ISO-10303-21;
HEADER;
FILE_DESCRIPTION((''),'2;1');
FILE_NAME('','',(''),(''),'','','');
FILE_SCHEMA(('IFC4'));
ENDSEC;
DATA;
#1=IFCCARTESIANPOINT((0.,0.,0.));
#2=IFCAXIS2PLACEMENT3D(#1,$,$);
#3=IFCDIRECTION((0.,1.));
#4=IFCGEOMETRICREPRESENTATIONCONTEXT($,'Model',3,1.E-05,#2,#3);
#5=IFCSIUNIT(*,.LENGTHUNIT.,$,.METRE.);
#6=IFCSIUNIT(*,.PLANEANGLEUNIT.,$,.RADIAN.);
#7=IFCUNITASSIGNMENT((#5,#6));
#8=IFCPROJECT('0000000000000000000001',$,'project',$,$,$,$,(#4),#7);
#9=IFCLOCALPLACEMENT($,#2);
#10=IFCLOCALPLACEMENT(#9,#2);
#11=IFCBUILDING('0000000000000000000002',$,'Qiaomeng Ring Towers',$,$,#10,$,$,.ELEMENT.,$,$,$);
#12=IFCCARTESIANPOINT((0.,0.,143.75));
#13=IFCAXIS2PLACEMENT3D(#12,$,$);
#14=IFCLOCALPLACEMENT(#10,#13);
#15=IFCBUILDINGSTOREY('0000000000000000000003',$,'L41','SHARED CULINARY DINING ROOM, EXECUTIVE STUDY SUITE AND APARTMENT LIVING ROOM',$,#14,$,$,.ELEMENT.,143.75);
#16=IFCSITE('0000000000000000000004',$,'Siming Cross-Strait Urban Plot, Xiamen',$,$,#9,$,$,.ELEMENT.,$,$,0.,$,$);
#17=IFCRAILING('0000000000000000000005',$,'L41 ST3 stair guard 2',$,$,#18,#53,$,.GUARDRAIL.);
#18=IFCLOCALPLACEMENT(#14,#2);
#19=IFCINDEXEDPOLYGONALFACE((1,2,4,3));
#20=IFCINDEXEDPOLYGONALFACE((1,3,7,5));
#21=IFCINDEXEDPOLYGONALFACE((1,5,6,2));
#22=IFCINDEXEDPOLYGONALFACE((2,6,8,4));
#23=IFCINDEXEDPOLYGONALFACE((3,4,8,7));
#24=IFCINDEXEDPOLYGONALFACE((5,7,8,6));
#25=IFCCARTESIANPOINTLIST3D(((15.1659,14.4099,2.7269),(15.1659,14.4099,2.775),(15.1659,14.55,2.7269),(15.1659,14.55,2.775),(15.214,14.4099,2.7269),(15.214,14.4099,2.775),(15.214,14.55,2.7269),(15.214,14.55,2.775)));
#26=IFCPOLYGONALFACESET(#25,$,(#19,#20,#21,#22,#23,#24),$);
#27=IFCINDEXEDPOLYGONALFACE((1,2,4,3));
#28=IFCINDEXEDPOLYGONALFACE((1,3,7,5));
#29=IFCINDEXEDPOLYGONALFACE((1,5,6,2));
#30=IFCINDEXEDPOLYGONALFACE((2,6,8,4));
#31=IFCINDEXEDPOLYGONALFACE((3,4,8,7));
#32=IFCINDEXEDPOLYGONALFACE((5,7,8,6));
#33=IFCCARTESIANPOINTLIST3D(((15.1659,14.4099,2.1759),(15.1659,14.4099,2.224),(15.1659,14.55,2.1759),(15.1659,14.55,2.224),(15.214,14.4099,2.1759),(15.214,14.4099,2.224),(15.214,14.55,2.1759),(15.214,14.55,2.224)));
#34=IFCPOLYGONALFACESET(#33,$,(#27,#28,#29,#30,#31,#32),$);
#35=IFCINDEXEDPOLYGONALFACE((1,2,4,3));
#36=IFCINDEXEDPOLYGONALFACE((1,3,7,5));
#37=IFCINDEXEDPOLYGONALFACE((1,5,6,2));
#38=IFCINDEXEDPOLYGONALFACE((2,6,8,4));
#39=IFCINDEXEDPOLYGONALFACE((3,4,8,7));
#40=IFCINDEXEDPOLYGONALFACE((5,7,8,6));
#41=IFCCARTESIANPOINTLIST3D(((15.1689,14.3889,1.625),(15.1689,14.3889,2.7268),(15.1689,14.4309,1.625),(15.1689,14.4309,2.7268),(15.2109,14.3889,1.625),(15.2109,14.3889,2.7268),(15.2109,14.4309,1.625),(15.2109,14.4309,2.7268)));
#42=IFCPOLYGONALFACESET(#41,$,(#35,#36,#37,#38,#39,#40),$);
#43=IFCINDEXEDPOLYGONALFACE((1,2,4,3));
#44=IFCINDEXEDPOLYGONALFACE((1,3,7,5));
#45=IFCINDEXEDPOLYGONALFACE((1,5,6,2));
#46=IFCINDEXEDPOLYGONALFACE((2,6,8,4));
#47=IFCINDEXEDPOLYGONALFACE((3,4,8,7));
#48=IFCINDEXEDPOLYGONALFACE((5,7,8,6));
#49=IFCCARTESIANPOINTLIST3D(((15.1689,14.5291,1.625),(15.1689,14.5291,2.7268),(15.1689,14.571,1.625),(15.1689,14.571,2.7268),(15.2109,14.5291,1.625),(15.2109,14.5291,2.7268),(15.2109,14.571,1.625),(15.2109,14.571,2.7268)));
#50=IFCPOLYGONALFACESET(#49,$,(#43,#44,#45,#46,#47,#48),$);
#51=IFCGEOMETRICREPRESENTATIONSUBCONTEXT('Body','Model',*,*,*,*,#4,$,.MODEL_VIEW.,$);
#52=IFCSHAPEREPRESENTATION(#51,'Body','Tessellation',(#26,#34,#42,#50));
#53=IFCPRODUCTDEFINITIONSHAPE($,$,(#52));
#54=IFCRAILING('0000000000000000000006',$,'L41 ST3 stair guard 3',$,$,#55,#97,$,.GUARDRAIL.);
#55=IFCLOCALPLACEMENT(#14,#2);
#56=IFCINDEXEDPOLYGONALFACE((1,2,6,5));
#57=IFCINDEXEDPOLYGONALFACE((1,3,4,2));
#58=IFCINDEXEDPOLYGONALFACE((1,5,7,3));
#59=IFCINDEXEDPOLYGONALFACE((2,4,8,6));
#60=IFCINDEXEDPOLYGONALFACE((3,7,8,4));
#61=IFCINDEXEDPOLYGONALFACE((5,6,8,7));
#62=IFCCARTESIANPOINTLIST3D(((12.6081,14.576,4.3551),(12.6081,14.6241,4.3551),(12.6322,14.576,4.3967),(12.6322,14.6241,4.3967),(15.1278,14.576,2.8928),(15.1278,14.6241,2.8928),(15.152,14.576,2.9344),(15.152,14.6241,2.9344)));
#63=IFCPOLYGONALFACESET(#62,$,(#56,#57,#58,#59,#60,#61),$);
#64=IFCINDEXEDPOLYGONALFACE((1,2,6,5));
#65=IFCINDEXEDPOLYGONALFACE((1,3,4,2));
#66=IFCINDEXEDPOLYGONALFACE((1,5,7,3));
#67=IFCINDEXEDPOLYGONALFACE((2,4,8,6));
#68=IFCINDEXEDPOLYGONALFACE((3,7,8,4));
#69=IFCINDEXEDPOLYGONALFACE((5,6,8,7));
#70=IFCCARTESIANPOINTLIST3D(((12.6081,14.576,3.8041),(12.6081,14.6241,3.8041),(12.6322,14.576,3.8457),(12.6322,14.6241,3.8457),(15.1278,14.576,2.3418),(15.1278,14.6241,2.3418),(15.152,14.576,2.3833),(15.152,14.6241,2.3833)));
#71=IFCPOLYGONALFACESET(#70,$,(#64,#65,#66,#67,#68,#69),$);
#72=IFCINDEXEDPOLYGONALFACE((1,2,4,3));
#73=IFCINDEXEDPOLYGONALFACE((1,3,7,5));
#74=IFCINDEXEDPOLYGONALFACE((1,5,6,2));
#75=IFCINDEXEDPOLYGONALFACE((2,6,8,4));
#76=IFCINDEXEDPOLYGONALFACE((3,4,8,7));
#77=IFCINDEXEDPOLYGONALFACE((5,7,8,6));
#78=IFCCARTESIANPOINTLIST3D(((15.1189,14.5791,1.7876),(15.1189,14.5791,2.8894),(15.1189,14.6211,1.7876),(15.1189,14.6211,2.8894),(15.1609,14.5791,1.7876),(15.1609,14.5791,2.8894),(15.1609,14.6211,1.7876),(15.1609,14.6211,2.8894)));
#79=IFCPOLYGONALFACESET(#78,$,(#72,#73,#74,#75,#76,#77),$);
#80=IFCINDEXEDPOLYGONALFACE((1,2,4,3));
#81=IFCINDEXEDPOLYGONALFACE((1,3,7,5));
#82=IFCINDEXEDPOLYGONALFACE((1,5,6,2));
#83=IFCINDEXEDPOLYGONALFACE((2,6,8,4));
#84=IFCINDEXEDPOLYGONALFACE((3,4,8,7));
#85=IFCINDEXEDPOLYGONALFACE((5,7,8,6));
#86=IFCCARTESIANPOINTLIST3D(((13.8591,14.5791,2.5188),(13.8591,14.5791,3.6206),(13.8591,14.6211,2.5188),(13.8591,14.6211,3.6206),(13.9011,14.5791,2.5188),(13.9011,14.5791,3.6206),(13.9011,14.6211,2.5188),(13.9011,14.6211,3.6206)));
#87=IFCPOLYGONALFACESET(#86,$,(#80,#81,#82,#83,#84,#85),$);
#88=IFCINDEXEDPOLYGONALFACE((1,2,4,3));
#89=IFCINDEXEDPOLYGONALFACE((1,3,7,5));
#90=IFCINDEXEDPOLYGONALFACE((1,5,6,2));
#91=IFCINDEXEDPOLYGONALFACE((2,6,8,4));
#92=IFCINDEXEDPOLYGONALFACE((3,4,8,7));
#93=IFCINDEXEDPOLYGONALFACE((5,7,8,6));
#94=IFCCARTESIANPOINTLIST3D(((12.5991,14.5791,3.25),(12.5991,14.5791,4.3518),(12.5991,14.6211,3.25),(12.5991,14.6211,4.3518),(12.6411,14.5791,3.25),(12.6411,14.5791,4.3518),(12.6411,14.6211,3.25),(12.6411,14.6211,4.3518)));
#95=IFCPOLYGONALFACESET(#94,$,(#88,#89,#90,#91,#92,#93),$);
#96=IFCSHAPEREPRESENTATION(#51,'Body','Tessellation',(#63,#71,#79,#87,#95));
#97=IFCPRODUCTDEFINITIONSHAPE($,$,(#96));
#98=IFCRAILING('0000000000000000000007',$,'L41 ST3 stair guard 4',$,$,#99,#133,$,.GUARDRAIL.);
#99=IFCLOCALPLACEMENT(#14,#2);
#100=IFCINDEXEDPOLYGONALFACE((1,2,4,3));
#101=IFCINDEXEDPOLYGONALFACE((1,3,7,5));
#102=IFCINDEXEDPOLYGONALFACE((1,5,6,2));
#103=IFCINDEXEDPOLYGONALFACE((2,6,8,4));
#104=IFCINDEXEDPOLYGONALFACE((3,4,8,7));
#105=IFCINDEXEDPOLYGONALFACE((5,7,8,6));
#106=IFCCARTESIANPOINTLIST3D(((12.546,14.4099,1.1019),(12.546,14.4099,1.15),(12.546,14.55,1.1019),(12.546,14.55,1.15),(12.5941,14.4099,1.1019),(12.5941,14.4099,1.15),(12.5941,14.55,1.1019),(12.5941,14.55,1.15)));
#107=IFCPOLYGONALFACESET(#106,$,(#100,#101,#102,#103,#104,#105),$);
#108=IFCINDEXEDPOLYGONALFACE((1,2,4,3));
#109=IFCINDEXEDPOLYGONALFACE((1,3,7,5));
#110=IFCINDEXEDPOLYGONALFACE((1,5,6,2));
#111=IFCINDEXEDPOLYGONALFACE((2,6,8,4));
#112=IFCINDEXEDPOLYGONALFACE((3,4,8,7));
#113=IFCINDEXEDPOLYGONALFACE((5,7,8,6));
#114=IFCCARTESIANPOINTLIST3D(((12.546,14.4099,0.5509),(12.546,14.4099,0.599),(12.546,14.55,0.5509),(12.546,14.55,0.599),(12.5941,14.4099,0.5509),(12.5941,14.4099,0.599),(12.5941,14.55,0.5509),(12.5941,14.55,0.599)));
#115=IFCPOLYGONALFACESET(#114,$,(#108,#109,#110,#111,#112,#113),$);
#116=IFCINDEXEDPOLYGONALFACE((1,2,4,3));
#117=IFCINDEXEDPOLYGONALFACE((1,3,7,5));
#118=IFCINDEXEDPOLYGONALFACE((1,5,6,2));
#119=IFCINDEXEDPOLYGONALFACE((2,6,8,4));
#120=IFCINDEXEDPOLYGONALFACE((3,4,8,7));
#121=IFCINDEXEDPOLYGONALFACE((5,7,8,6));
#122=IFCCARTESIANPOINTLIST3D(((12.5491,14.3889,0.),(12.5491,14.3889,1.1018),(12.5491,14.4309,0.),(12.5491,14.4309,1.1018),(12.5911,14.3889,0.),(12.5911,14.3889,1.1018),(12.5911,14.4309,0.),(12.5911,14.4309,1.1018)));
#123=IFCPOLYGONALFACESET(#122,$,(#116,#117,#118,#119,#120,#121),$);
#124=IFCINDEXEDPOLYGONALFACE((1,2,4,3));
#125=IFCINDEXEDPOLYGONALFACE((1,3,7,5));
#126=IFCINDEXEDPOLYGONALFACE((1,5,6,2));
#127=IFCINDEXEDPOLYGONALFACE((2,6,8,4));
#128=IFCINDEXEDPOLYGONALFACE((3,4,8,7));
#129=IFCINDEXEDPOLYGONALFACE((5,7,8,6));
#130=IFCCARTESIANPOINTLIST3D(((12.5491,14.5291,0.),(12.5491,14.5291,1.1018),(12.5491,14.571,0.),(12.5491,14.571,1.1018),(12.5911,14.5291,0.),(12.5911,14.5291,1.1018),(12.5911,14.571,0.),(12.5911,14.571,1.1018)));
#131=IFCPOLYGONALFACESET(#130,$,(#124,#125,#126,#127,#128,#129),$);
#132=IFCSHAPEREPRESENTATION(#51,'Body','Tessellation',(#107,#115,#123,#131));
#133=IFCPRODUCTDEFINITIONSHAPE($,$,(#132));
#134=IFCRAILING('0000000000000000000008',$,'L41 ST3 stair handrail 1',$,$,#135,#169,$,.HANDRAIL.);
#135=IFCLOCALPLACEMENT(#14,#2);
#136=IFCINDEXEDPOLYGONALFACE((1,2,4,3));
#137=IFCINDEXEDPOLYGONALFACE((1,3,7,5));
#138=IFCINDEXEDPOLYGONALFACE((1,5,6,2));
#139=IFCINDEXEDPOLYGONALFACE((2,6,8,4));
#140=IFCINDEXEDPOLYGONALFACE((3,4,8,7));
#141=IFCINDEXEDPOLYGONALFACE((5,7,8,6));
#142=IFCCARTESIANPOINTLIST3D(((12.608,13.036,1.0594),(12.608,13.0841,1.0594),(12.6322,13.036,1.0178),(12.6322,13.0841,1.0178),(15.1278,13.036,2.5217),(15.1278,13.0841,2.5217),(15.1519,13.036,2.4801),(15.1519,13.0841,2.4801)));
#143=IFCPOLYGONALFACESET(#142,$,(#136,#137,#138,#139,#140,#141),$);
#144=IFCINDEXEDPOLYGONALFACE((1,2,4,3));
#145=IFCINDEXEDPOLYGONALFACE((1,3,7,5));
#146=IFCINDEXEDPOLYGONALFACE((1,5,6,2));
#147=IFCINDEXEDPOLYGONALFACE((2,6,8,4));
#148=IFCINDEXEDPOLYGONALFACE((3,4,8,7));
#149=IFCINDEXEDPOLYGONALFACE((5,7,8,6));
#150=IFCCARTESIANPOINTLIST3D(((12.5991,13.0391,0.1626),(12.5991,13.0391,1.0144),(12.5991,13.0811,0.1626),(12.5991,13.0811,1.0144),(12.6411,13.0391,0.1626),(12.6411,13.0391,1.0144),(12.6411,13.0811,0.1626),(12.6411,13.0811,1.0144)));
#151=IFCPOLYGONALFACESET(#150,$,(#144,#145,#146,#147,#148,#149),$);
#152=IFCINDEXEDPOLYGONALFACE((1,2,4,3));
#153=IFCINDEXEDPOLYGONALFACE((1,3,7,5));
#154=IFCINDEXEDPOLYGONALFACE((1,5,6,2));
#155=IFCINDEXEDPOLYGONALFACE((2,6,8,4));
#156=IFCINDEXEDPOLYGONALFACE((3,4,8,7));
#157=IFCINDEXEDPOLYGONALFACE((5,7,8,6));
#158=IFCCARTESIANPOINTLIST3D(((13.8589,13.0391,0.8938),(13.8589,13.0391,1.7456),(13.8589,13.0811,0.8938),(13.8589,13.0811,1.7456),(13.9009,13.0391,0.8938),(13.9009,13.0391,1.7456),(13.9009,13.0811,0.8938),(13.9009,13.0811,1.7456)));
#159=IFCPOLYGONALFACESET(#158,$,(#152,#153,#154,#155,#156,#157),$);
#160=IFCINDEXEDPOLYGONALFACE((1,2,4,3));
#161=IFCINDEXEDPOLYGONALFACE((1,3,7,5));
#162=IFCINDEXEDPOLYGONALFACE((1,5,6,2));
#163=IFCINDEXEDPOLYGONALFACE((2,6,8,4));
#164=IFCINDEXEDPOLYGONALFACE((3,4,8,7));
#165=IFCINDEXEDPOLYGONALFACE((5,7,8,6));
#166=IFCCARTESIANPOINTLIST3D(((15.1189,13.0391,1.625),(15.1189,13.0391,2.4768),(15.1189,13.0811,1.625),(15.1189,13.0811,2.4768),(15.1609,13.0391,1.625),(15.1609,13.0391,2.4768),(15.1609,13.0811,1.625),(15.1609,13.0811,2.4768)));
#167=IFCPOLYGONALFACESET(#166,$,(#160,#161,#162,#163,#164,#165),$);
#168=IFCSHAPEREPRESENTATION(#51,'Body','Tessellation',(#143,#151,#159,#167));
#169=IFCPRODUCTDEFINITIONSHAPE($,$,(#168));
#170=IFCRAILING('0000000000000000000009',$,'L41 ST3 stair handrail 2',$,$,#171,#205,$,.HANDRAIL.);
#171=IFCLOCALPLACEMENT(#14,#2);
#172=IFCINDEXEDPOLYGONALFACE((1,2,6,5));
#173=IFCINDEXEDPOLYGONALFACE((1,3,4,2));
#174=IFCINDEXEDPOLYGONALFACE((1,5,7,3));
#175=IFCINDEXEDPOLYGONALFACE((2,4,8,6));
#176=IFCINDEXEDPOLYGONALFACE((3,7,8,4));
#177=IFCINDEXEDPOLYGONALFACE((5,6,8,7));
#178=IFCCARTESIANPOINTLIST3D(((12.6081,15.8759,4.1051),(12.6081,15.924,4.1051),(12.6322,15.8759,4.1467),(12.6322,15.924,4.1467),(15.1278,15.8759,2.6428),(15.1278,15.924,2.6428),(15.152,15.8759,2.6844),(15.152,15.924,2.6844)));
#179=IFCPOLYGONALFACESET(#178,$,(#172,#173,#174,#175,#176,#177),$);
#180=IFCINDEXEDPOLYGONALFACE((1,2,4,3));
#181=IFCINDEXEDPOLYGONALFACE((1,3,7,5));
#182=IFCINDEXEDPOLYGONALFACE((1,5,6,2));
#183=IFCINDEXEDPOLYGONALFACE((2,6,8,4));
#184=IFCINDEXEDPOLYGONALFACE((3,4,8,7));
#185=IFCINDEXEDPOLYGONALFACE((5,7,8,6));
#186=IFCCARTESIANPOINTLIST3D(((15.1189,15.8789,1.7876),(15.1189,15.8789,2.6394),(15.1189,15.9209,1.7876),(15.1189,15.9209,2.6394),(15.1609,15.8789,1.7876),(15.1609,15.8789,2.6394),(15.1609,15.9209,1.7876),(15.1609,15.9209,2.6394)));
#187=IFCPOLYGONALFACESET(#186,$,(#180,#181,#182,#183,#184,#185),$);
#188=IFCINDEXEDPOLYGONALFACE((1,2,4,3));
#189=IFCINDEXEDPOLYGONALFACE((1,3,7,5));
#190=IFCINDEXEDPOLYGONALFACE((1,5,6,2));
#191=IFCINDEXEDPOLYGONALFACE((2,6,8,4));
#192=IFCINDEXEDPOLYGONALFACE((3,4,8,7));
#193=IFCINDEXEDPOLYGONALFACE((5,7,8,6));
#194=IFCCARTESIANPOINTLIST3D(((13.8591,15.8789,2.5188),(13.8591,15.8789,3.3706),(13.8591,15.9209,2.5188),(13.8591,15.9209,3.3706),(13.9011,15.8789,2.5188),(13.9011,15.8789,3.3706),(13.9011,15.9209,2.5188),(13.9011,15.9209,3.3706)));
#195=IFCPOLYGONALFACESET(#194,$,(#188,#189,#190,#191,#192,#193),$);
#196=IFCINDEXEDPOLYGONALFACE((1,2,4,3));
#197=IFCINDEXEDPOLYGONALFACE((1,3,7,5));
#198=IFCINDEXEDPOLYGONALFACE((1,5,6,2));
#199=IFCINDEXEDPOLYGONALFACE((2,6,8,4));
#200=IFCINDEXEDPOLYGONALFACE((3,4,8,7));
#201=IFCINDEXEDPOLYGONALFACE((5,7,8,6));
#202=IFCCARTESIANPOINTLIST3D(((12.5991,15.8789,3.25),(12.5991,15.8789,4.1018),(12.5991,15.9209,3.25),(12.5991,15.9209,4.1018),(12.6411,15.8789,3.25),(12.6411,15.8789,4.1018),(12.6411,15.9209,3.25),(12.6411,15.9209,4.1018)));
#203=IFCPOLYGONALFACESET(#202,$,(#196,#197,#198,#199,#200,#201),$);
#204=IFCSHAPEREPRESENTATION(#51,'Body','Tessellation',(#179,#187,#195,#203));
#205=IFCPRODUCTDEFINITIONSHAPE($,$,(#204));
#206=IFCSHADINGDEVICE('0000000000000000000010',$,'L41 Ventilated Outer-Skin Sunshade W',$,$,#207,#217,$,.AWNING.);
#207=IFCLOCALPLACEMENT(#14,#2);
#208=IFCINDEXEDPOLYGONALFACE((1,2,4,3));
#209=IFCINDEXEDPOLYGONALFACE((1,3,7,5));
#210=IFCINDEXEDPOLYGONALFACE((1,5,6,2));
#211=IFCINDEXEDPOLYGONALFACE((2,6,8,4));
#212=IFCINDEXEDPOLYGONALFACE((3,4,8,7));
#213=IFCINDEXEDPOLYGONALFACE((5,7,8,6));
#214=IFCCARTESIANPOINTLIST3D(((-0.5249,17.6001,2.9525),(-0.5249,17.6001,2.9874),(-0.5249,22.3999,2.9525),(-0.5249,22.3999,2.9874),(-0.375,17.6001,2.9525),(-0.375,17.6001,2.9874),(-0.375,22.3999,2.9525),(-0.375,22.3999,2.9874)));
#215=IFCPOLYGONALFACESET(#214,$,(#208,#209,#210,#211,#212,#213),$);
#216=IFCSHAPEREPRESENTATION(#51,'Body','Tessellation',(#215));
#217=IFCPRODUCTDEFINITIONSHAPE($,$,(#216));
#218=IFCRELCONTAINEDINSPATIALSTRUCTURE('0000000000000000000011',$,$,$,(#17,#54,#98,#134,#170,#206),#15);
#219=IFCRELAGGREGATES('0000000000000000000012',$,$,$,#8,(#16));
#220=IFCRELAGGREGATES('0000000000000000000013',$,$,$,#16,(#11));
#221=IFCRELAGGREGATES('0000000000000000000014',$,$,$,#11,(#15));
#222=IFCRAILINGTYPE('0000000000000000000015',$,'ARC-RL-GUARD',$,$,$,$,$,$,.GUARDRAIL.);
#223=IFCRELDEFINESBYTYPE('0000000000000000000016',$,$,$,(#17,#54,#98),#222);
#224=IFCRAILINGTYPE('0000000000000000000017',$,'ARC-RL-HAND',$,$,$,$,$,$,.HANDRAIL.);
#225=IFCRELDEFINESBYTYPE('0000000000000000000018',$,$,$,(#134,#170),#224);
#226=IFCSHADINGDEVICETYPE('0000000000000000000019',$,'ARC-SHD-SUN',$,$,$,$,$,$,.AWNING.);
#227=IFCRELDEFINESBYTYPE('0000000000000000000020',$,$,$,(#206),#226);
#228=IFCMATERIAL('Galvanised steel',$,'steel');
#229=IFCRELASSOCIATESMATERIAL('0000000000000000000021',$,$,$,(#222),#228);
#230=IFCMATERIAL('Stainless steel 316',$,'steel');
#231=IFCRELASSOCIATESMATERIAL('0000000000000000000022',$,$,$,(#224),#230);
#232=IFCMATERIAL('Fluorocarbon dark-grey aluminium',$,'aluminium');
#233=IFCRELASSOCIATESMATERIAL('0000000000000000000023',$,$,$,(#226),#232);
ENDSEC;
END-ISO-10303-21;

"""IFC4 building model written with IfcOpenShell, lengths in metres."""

from ifc_helpers import new_model, si_unit, direction, frame, origin, origin_2d, place, context, subcontext, project, spatial, rectangle, extrude, source, transform, mapped, material, material_profile, profile_set, type_object, element, save


model = new_model("IFC4")

# Units and contexts
model_context = context("Model", 3, precision=1e-05, world=origin(), true_north=direction((0.0, 1.0)))
body_context = subcontext(model_context, "Body", "Model", "MODEL_VIEW")
ifc_project = project(units=[si_unit("LENGTHUNIT", "METRE"), si_unit("PLANEANGLEUNIT", "RADIAN")], contexts=[model_context])

# Site, building, storey
site_placement = place(None, origin())
site = spatial("IfcSite", under=ifc_project, at=site_placement, Name="Siming Cross-Strait Urban Plot, Xiamen", CompositionType="ELEMENT", RefElevation=0.0)
building_placement = place(site_placement, origin())
building = spatial("IfcBuilding", under=site, at=building_placement, Name="Qiaomeng Ring Towers", CompositionType="ELEMENT")
storey_placement = place(building_placement, frame((0.0, 0.0, 143.75)))
storey = spatial("IfcBuildingStorey", under=building, at=storey_placement, Name="L41", Description="SHARED CULINARY DINING ROOM, EXECUTIVE STUDY SUITE AND APARTMENT LIVING ROOM", CompositionType="ELEMENT", Elevation=143.75)

# Shared definitions
ifc_material_1 = material(Name="Fluorocarbon dark-grey aluminium", Category="aluminium")

# Shared definitions
ifc_material_2 = material(Name="Galvanised steel", Category="steel")

# Railings
railing_type_1 = type_object("IfcRailingType", Name="ARC-RL-GUARD", PredefinedType="GUARDRAIL", material=ifc_material_2)
railing_1_placement = place(storey_placement, frame((15.1899, 14.4099, 1.625)))
element("IfcRailing", 1, at=railing_1_placement, inside=storey, type_object=railing_type_1, Name="L41 ST3 stair guard 2", PredefinedType="GUARDRAIL", context=body_context, shape_type="SweptSolid", body=[
    extrude(rectangle(XDim=0.0481, YDim=0.0481, at=origin_2d()), frame((0.0, 0.0, 1.126), z_axis=(0.0, 1.0, 0.0), x_axis=(-1.0, 0.0, 0.0)), (0.0, 0.0, 1.0), 0.1401),
    extrude(rectangle(XDim=0.0481, YDim=0.0481, at=origin_2d()), frame((0.0, 0.0, 0.575), z_axis=(0.0, 1.0, 0.0), x_axis=(-1.0, 0.0, 0.0)), (0.0, 0.0, 1.0), 0.1401),
    extrude(rectangle(XDim=0.042, YDim=0.042, at=origin_2d()), origin(), (0.0, 0.0, 1.0), 1.1018),
    extrude(rectangle(XDim=0.042, YDim=0.042, at=origin_2d()), frame((0.0, 0.1401, 0.0)), (0.0, 0.0, 1.0), 1.1018),
])
railing_2_placement = place(storey_placement, frame((15.1399, 14.6001, 1.7876)))
element("IfcRailing", 2, at=railing_2_placement, inside=storey, type_object=railing_type_1, Name="L41 ST3 stair guard 3", PredefinedType="GUARDRAIL", context=body_context, shape_type="SweptSolid", body=[
    extrude(rectangle(XDim=0.0481, YDim=0.0481, at=origin_2d()), frame((0.0, 0.0, 1.126), z_axis=(-0.864892, 0.0, 0.501958), x_axis=(0.0, -1.0, 0.0)), (0.0, 0.0, 1.0), 2.9133),
    extrude(rectangle(XDim=0.0481, YDim=0.0481, at=origin_2d()), frame((0.0, 0.0, 0.575), z_axis=(-0.864892, 0.0, 0.501958), x_axis=(0.0, -1.0, 0.0)), (0.0, 0.0, 1.0), 2.9133),
    extrude(rectangle(XDim=0.042, YDim=0.042, at=origin_2d()), origin(), (0.0, 0.0, 1.0), 1.1018),
    extrude(rectangle(XDim=0.042, YDim=0.042, at=origin_2d()), frame((-1.2598, 0.0, 0.7312)), (0.0, 0.0, 1.0), 1.1018),
    extrude(rectangle(XDim=0.042, YDim=0.042, at=origin_2d()), frame((-2.5198, 0.0, 1.4624)), (0.0, 0.0, 1.0), 1.1018),
])
railing_3_placement = place(storey_placement, frame((12.5701, 14.4099, 0.0)))
element("IfcRailing", 3, at=railing_3_placement, inside=storey, type_object=railing_type_1, Name="L41 ST3 stair guard 4", PredefinedType="GUARDRAIL", context=body_context, shape_type="SweptSolid", body=[
    extrude(rectangle(XDim=0.0481, YDim=0.0481, at=origin_2d()), frame((0.0, 0.0, 1.126), z_axis=(0.0, 1.0, 0.0), x_axis=(-1.0, 0.0, 0.0)), (0.0, 0.0, 1.0), 0.1401),
    extrude(rectangle(XDim=0.0481, YDim=0.0481, at=origin_2d()), frame((0.0, 0.0, 0.575), z_axis=(0.0, 1.0, 0.0), x_axis=(-1.0, 0.0, 0.0)), (0.0, 0.0, 1.0), 0.1401),
    extrude(rectangle(XDim=0.042, YDim=0.042, at=origin_2d()), origin(), (0.0, 0.0, 1.0), 1.1018),
    extrude(rectangle(XDim=0.042, YDim=0.042, at=origin_2d()), frame((0.0, 0.1401, 0.0)), (0.0, 0.0, 1.0), 1.1018),
])
ifc_material_3 = material(Name="Stainless steel 316", Category="steel")
railing_type_2 = type_object("IfcRailingType", Name="ARC-RL-HAND", PredefinedType="HANDRAIL", material=ifc_material_3)
railing_4_placement = place(storey_placement, frame((12.6201, 13.0601, 0.1626)))
element("IfcRailing", 4, at=railing_4_placement, inside=storey, type_object=railing_type_2, Name="L41 ST3 stair handrail 1", PredefinedType="HANDRAIL", context=body_context, shape_type="SweptSolid", body=[
    extrude(rectangle(XDim=0.0481, YDim=0.0481, at=origin_2d()), frame((0.0, 0.0, 0.876), z_axis=(0.864892, 0.0, 0.501958), x_axis=(0.0, 1.0, 0.0)), (0.0, 0.0, 1.0), 2.9133),
    extrude(rectangle(XDim=0.042, YDim=0.042, at=origin_2d()), origin(), (0.0, 0.0, 1.0), 0.8518),
    extrude(rectangle(XDim=0.042, YDim=0.042, at=origin_2d()), frame((1.2598, 0.0, 0.7312)), (0.0, 0.0, 1.0), 0.8518),
    extrude(rectangle(XDim=0.042, YDim=0.042, at=origin_2d()), frame((2.5198, 0.0, 1.4624)), (0.0, 0.0, 1.0), 0.8518),
])
railing_5_placement = place(storey_placement, frame((15.1399, 15.8999, 1.7876)))
element("IfcRailing", 5, at=railing_5_placement, inside=storey, type_object=railing_type_2, Name="L41 ST3 stair handrail 2", PredefinedType="HANDRAIL", context=body_context, shape_type="SweptSolid", body=[
    extrude(rectangle(XDim=0.0481, YDim=0.0481, at=origin_2d()), frame((0.0, 0.0, 0.876), z_axis=(-0.864892, 0.0, 0.501958), x_axis=(0.0, -1.0, 0.0)), (0.0, 0.0, 1.0), 2.9133),
    extrude(rectangle(XDim=0.042, YDim=0.042, at=origin_2d()), origin(), (0.0, 0.0, 1.0), 0.8518),
    extrude(rectangle(XDim=0.042, YDim=0.042, at=origin_2d()), frame((-1.2598, 0.0, 0.7312)), (0.0, 0.0, 1.0), 0.8518),
    extrude(rectangle(XDim=0.042, YDim=0.042, at=origin_2d()), frame((-2.5198, 0.0, 1.4624)), (0.0, 0.0, 1.0), 0.8518),
])

# Shading device
ifc_material_profile_1 = material_profile(ifc_material_1, rectangle(XDim=0.1499, YDim=0.0349, at=origin_2d()), Name="LV BLADE 150x35")
ifc_profile_set_1 = profile_set([ifc_material_profile_1], Name="Fluorocarbon dark-grey aluminium")
shading_device_type = type_object("IfcShadingDeviceType", Name="ARC-SHD-SUN", PredefinedType="AWNING", material=ifc_profile_set_1)
shared_shape_1 = source(origin(), body_context, "Body", "SweptSolid", [
    extrude(rectangle(XDim=0.1499, YDim=0.0349, at=origin_2d()), origin(), (0.0, 0.0, 1.0), 4.7998),
])
shading_device_placement = place(storey_placement, frame((-0.45, 17.6001, 2.97), z_axis=(0.0, 1.0, 0.0), x_axis=(-1.0, 0.0, 0.0)))
element("IfcShadingDevice", 6, at=shading_device_placement, inside=storey, type_object=shading_device_type, Name="L41 Ventilated Outer-Skin Sunshade W", PredefinedType="AWNING", context=body_context, shape_type="MappedRepresentation", body=[
    mapped(shared_shape_1, transform((0.0, 0.0, 0.0), x_axis=(1.0, 0.0, 0.0), y_axis=(0.0, 1.0, 0.0), z_axis=(0.0, 0.0, 1.0), scale=1.0)),
])

save(model, "model.ifc")
